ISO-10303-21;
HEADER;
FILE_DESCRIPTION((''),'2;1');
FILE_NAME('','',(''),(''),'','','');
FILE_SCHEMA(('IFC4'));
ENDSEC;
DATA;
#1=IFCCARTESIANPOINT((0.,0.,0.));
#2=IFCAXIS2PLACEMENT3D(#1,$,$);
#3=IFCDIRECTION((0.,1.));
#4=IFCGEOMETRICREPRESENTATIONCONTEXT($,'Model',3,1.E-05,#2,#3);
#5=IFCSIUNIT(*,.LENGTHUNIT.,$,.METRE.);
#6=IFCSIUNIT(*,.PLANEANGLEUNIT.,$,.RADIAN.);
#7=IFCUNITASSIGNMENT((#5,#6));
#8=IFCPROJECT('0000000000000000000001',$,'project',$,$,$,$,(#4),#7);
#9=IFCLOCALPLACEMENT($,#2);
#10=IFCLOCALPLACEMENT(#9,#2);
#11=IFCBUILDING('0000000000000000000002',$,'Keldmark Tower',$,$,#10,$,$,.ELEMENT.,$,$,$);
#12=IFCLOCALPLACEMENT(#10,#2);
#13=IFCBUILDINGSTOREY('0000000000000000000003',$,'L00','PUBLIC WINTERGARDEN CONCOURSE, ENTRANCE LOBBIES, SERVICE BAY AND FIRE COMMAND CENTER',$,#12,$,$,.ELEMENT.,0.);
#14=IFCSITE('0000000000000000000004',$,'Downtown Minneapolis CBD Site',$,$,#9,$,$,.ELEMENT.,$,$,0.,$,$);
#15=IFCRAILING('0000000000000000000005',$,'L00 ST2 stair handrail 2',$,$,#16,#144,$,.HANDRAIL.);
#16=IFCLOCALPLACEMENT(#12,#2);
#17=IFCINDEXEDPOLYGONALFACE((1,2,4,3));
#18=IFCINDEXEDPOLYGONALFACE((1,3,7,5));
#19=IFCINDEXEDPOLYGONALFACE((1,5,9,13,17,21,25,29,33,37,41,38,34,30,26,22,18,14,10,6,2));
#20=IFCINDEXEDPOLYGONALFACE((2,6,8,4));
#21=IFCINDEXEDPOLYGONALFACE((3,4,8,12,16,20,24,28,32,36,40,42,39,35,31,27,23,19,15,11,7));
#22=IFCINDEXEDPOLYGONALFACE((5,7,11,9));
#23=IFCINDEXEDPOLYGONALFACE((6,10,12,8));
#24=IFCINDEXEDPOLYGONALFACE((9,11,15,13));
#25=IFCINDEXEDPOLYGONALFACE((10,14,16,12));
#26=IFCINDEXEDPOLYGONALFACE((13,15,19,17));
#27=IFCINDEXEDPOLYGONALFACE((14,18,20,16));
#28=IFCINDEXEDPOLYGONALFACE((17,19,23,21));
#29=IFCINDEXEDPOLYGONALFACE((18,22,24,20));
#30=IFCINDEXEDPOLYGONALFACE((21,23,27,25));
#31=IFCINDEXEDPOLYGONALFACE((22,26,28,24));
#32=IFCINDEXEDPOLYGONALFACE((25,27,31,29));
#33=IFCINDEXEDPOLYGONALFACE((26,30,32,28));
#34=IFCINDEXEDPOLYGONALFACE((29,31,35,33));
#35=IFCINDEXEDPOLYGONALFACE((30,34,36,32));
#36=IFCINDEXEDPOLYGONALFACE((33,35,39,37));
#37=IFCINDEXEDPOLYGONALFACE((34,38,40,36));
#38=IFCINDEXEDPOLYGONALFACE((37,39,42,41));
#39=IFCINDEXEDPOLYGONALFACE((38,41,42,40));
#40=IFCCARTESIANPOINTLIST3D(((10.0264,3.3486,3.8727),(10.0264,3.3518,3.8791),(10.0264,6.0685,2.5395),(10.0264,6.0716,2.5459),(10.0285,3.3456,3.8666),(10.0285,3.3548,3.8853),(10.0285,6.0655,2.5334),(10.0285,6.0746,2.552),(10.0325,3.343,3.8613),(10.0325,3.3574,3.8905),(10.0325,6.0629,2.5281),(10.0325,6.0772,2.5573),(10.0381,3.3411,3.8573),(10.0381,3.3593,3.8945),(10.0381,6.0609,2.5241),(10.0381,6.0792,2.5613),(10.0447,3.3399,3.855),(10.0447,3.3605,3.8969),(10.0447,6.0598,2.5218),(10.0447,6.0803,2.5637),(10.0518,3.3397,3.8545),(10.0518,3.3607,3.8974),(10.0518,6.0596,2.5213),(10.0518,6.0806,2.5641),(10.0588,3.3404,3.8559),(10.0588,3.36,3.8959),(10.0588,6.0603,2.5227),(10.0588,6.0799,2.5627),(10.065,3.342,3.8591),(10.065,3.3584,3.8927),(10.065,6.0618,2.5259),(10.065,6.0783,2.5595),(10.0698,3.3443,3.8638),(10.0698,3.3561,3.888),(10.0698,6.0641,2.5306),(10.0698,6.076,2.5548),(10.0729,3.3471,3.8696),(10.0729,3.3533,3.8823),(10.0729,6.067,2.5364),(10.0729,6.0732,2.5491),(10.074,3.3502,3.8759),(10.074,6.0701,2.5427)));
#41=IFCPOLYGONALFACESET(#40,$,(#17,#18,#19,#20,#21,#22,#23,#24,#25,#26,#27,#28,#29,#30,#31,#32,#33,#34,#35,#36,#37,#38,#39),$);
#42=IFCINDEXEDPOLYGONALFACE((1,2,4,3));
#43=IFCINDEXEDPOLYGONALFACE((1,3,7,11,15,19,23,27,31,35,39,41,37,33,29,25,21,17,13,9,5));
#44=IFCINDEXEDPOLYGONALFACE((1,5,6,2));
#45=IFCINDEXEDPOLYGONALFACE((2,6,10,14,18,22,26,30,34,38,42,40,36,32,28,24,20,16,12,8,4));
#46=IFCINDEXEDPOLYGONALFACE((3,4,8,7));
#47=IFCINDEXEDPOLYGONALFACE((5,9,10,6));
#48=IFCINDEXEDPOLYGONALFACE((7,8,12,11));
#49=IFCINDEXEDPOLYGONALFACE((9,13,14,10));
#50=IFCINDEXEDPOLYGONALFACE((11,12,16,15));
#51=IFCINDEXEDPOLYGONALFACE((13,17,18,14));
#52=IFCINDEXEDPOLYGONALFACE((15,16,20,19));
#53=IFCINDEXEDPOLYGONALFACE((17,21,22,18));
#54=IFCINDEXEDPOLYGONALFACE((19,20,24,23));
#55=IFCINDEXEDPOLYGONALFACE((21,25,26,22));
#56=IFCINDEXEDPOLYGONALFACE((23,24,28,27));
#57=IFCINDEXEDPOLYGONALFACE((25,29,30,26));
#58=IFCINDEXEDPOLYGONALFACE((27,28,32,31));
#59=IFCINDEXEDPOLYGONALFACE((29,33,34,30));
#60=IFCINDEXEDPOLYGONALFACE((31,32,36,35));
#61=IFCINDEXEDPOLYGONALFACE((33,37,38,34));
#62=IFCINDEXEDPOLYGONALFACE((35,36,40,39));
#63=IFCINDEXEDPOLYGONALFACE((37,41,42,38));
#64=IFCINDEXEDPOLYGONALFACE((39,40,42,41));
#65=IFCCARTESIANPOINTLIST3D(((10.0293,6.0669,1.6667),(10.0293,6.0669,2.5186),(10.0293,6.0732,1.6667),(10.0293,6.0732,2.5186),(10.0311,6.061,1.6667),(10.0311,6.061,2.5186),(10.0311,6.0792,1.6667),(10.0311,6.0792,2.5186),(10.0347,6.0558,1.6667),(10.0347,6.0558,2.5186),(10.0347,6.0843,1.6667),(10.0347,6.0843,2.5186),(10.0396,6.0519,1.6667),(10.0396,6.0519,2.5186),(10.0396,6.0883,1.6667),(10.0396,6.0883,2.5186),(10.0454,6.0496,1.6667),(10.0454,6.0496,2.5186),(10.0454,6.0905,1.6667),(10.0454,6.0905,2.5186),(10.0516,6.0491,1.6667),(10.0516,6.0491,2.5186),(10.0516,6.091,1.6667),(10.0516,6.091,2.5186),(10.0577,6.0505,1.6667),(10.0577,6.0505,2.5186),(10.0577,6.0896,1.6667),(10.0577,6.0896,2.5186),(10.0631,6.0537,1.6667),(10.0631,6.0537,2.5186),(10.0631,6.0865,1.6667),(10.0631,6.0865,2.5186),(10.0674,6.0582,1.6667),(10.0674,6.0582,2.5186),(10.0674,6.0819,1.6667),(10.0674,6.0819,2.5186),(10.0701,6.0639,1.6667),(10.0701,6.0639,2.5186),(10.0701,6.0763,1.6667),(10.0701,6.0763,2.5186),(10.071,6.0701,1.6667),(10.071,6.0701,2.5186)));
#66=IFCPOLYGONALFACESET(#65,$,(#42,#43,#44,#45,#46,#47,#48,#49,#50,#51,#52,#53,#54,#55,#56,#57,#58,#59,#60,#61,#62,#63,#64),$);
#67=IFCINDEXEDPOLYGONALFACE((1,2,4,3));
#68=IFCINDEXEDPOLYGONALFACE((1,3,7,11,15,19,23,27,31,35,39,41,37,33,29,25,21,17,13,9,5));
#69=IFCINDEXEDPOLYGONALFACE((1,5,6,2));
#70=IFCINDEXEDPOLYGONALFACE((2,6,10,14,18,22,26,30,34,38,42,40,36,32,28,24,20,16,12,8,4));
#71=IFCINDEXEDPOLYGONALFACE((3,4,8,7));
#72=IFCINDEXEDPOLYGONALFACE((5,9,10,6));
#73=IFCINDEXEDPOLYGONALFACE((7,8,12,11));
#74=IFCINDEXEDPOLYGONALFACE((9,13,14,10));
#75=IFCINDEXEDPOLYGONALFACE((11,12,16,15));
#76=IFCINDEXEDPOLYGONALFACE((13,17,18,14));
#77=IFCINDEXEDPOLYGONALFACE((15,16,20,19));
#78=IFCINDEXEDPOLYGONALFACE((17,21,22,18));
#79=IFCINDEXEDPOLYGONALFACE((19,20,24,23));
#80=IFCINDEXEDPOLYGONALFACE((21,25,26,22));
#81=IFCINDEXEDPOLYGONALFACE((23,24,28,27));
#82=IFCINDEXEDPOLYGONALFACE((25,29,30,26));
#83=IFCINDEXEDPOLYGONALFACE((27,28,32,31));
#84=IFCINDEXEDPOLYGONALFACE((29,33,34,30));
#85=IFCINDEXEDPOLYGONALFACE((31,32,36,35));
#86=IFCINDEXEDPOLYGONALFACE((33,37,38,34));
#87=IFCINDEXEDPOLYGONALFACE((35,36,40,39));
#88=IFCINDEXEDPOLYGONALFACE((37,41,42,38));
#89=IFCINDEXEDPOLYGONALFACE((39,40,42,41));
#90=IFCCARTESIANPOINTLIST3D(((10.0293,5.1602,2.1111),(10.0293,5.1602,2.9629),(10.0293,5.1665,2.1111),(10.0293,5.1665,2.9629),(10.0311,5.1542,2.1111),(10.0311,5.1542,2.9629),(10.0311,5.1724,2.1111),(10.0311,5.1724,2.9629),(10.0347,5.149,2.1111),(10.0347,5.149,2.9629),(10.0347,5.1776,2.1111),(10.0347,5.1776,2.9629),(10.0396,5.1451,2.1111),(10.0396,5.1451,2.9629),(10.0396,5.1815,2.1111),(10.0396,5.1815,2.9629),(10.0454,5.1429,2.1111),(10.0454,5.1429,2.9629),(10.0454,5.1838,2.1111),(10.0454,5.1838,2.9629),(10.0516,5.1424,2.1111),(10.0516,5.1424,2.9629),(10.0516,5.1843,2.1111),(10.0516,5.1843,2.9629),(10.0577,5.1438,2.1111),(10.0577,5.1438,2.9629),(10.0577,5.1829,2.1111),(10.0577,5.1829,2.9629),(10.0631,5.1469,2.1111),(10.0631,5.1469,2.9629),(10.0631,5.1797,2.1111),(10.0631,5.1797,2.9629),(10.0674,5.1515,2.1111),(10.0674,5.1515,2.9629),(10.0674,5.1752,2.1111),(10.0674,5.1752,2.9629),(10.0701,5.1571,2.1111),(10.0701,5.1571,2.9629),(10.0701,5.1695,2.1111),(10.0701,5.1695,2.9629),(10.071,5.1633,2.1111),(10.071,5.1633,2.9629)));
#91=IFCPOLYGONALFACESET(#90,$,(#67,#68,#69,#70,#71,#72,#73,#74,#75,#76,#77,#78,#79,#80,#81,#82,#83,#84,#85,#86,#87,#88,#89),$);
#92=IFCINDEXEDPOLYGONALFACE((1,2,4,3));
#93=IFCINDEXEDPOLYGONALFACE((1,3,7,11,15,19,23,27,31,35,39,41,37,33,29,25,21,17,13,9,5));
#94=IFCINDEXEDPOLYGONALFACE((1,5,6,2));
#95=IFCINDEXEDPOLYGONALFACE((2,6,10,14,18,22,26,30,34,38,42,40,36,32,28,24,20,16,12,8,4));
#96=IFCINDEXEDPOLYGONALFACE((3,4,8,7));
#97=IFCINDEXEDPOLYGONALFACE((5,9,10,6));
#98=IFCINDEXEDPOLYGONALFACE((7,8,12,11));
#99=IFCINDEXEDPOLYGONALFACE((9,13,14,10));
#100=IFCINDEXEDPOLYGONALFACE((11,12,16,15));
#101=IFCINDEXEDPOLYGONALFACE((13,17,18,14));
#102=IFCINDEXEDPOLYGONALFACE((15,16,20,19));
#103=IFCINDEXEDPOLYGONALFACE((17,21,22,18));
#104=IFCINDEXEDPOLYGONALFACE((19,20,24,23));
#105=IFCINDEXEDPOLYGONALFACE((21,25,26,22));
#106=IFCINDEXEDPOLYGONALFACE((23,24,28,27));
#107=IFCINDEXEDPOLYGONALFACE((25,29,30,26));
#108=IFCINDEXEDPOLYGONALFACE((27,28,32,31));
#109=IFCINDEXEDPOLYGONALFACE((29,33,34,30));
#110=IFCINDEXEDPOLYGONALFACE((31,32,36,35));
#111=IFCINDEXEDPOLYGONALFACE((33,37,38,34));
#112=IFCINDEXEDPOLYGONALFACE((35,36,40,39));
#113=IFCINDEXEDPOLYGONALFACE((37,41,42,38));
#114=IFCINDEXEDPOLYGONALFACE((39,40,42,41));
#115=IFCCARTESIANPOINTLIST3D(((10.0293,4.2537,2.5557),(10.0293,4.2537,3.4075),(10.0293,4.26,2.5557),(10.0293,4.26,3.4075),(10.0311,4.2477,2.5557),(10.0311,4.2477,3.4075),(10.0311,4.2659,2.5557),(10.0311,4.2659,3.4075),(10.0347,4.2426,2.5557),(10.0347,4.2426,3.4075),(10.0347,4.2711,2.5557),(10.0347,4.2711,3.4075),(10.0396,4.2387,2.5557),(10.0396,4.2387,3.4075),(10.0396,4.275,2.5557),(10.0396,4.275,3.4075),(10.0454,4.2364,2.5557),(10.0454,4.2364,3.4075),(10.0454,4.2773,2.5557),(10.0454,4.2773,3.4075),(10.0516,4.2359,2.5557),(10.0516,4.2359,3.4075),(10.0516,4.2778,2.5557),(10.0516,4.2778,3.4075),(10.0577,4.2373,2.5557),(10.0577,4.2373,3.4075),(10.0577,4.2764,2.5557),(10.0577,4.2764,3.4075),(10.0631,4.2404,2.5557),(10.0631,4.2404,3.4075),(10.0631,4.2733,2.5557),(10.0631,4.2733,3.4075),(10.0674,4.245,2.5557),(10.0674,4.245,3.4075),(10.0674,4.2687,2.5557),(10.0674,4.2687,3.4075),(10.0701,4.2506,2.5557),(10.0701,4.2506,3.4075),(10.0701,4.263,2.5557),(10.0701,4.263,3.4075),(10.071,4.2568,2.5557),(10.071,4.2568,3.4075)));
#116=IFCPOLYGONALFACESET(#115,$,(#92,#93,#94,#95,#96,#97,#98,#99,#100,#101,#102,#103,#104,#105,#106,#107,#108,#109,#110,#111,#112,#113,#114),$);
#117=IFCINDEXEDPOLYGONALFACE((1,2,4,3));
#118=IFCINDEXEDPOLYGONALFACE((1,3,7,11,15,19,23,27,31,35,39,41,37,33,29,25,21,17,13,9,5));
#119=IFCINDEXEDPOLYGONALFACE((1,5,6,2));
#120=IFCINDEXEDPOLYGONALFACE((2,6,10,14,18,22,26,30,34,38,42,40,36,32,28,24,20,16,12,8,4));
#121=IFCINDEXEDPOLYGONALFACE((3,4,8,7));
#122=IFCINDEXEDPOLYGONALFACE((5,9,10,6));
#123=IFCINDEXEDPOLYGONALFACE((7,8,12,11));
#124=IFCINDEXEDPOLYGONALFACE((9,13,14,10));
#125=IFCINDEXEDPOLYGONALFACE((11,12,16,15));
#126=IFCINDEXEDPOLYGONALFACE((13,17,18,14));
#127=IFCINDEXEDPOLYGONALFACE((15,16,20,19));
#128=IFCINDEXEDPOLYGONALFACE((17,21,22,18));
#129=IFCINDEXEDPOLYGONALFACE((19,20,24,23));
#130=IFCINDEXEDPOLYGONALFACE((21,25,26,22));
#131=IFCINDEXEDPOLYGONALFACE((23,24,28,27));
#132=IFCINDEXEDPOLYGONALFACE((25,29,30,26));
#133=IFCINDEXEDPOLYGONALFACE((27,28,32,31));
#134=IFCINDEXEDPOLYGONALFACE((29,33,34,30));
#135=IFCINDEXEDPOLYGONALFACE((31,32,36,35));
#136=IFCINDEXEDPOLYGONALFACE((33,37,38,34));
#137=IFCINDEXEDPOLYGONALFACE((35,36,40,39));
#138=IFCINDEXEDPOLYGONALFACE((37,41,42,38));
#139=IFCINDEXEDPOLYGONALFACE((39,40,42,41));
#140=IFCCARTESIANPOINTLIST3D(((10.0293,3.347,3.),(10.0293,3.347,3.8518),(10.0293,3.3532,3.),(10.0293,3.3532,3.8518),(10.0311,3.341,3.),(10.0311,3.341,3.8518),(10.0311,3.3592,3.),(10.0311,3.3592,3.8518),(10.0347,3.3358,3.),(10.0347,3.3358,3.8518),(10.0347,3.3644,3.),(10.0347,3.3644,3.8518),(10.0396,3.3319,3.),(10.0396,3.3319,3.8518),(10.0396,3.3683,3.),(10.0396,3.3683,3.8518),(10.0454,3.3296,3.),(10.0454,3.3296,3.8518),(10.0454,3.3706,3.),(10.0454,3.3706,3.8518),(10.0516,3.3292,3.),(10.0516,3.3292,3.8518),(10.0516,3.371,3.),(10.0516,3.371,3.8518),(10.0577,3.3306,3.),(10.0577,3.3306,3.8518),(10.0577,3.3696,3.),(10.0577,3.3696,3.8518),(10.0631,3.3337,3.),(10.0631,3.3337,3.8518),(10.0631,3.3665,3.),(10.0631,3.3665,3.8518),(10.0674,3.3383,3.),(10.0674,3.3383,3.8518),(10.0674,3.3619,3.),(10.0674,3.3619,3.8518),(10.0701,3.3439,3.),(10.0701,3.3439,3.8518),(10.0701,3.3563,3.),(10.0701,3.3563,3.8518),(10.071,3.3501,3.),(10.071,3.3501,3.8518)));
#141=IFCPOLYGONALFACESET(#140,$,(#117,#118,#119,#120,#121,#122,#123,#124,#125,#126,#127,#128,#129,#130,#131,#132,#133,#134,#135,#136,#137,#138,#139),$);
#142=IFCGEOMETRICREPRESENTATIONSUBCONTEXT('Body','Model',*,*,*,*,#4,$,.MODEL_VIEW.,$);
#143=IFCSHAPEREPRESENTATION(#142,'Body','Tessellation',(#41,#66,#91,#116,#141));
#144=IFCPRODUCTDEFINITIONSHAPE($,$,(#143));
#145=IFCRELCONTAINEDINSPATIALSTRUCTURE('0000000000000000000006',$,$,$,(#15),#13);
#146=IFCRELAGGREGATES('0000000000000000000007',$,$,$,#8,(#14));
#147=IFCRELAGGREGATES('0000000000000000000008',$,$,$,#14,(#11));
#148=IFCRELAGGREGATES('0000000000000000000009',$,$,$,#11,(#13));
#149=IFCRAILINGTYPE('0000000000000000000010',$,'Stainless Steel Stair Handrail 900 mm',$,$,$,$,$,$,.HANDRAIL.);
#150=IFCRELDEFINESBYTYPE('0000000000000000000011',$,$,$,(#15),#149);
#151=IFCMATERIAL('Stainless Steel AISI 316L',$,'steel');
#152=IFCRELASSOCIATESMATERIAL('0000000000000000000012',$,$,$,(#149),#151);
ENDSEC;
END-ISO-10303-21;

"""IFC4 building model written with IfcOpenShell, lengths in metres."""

from ifc_helpers import new_model, si_unit, direction, frame, origin, origin_2d, place, context, subcontext, project, spatial, circle, extrude, material, type_object, element, save


model = new_model("IFC4")

# Units and contexts
model_context = context("Model", 3, precision=1e-05, world=origin(), true_north=direction((0.0, 1.0)))
body_context = subcontext(model_context, "Body", "Model", "MODEL_VIEW")
ifc_project = project(units=[si_unit("LENGTHUNIT", "METRE"), si_unit("PLANEANGLEUNIT", "RADIAN")], contexts=[model_context])

# Site, building, storey
site_placement = place(None, origin())
site = spatial("IfcSite", under=ifc_project, at=site_placement, Name="Downtown Minneapolis CBD Site", CompositionType="ELEMENT", RefElevation=0.0)
building_placement = place(site_placement, origin())
building = spatial("IfcBuilding", under=site, at=building_placement, Name="Keldmark Tower", CompositionType="ELEMENT")
storey_placement = place(building_placement, origin())
storey = spatial("IfcBuildingStorey", under=building, at=storey_placement, Name="L00", Description="PUBLIC WINTERGARDEN CONCOURSE, ENTRANCE LOBBIES, SERVICE BAY AND FIRE COMMAND CENTER", CompositionType="ELEMENT", Elevation=0.0)

# Railing
ifc_material_1 = material(Name="Stainless Steel AISI 316L", Category="steel")
railing_type = type_object("IfcRailingType", Name="Stainless Steel Stair Handrail 900 mm", PredefinedType="HANDRAIL", material=ifc_material_1)
for number, where, name in (
    (1, (10.05, 6.0701, 1.6667), "L00 ST2 stair handrail 2"),
):
    element("IfcRailing", number, at=place(storey_placement, frame(where)), inside=storey, type_object=railing_type, Name=name, PredefinedType="HANDRAIL", context=body_context, shape_type="SweptSolid", body=[
        extrude(circle(Radius=0.0239, at=origin_2d()), frame((0.0, 0.0, 0.876), z_axis=(0.0, -0.897929, 0.440139), x_axis=(1.0, 0.0, 0.0)), (0.0, 0.0, 1.0), 3.0291),
        extrude(circle(Radius=0.021, at=origin_2d()), origin(), (0.0, 0.0, 1.0), 0.8518),
        extrude(circle(Radius=0.021, at=origin_2d()), frame((0.0, -0.9067, 0.4443)), (0.0, 0.0, 1.0), 0.8518),
        extrude(circle(Radius=0.021, at=origin_2d()), frame((0.0, -1.8132, 0.8889)), (0.0, 0.0, 1.0), 0.8518),
        extrude(circle(Radius=0.021, at=origin_2d()), frame((0.0, -2.72, 1.3333)), (0.0, 0.0, 1.0), 0.8518),
    ])

save(model, "model.ifc")
